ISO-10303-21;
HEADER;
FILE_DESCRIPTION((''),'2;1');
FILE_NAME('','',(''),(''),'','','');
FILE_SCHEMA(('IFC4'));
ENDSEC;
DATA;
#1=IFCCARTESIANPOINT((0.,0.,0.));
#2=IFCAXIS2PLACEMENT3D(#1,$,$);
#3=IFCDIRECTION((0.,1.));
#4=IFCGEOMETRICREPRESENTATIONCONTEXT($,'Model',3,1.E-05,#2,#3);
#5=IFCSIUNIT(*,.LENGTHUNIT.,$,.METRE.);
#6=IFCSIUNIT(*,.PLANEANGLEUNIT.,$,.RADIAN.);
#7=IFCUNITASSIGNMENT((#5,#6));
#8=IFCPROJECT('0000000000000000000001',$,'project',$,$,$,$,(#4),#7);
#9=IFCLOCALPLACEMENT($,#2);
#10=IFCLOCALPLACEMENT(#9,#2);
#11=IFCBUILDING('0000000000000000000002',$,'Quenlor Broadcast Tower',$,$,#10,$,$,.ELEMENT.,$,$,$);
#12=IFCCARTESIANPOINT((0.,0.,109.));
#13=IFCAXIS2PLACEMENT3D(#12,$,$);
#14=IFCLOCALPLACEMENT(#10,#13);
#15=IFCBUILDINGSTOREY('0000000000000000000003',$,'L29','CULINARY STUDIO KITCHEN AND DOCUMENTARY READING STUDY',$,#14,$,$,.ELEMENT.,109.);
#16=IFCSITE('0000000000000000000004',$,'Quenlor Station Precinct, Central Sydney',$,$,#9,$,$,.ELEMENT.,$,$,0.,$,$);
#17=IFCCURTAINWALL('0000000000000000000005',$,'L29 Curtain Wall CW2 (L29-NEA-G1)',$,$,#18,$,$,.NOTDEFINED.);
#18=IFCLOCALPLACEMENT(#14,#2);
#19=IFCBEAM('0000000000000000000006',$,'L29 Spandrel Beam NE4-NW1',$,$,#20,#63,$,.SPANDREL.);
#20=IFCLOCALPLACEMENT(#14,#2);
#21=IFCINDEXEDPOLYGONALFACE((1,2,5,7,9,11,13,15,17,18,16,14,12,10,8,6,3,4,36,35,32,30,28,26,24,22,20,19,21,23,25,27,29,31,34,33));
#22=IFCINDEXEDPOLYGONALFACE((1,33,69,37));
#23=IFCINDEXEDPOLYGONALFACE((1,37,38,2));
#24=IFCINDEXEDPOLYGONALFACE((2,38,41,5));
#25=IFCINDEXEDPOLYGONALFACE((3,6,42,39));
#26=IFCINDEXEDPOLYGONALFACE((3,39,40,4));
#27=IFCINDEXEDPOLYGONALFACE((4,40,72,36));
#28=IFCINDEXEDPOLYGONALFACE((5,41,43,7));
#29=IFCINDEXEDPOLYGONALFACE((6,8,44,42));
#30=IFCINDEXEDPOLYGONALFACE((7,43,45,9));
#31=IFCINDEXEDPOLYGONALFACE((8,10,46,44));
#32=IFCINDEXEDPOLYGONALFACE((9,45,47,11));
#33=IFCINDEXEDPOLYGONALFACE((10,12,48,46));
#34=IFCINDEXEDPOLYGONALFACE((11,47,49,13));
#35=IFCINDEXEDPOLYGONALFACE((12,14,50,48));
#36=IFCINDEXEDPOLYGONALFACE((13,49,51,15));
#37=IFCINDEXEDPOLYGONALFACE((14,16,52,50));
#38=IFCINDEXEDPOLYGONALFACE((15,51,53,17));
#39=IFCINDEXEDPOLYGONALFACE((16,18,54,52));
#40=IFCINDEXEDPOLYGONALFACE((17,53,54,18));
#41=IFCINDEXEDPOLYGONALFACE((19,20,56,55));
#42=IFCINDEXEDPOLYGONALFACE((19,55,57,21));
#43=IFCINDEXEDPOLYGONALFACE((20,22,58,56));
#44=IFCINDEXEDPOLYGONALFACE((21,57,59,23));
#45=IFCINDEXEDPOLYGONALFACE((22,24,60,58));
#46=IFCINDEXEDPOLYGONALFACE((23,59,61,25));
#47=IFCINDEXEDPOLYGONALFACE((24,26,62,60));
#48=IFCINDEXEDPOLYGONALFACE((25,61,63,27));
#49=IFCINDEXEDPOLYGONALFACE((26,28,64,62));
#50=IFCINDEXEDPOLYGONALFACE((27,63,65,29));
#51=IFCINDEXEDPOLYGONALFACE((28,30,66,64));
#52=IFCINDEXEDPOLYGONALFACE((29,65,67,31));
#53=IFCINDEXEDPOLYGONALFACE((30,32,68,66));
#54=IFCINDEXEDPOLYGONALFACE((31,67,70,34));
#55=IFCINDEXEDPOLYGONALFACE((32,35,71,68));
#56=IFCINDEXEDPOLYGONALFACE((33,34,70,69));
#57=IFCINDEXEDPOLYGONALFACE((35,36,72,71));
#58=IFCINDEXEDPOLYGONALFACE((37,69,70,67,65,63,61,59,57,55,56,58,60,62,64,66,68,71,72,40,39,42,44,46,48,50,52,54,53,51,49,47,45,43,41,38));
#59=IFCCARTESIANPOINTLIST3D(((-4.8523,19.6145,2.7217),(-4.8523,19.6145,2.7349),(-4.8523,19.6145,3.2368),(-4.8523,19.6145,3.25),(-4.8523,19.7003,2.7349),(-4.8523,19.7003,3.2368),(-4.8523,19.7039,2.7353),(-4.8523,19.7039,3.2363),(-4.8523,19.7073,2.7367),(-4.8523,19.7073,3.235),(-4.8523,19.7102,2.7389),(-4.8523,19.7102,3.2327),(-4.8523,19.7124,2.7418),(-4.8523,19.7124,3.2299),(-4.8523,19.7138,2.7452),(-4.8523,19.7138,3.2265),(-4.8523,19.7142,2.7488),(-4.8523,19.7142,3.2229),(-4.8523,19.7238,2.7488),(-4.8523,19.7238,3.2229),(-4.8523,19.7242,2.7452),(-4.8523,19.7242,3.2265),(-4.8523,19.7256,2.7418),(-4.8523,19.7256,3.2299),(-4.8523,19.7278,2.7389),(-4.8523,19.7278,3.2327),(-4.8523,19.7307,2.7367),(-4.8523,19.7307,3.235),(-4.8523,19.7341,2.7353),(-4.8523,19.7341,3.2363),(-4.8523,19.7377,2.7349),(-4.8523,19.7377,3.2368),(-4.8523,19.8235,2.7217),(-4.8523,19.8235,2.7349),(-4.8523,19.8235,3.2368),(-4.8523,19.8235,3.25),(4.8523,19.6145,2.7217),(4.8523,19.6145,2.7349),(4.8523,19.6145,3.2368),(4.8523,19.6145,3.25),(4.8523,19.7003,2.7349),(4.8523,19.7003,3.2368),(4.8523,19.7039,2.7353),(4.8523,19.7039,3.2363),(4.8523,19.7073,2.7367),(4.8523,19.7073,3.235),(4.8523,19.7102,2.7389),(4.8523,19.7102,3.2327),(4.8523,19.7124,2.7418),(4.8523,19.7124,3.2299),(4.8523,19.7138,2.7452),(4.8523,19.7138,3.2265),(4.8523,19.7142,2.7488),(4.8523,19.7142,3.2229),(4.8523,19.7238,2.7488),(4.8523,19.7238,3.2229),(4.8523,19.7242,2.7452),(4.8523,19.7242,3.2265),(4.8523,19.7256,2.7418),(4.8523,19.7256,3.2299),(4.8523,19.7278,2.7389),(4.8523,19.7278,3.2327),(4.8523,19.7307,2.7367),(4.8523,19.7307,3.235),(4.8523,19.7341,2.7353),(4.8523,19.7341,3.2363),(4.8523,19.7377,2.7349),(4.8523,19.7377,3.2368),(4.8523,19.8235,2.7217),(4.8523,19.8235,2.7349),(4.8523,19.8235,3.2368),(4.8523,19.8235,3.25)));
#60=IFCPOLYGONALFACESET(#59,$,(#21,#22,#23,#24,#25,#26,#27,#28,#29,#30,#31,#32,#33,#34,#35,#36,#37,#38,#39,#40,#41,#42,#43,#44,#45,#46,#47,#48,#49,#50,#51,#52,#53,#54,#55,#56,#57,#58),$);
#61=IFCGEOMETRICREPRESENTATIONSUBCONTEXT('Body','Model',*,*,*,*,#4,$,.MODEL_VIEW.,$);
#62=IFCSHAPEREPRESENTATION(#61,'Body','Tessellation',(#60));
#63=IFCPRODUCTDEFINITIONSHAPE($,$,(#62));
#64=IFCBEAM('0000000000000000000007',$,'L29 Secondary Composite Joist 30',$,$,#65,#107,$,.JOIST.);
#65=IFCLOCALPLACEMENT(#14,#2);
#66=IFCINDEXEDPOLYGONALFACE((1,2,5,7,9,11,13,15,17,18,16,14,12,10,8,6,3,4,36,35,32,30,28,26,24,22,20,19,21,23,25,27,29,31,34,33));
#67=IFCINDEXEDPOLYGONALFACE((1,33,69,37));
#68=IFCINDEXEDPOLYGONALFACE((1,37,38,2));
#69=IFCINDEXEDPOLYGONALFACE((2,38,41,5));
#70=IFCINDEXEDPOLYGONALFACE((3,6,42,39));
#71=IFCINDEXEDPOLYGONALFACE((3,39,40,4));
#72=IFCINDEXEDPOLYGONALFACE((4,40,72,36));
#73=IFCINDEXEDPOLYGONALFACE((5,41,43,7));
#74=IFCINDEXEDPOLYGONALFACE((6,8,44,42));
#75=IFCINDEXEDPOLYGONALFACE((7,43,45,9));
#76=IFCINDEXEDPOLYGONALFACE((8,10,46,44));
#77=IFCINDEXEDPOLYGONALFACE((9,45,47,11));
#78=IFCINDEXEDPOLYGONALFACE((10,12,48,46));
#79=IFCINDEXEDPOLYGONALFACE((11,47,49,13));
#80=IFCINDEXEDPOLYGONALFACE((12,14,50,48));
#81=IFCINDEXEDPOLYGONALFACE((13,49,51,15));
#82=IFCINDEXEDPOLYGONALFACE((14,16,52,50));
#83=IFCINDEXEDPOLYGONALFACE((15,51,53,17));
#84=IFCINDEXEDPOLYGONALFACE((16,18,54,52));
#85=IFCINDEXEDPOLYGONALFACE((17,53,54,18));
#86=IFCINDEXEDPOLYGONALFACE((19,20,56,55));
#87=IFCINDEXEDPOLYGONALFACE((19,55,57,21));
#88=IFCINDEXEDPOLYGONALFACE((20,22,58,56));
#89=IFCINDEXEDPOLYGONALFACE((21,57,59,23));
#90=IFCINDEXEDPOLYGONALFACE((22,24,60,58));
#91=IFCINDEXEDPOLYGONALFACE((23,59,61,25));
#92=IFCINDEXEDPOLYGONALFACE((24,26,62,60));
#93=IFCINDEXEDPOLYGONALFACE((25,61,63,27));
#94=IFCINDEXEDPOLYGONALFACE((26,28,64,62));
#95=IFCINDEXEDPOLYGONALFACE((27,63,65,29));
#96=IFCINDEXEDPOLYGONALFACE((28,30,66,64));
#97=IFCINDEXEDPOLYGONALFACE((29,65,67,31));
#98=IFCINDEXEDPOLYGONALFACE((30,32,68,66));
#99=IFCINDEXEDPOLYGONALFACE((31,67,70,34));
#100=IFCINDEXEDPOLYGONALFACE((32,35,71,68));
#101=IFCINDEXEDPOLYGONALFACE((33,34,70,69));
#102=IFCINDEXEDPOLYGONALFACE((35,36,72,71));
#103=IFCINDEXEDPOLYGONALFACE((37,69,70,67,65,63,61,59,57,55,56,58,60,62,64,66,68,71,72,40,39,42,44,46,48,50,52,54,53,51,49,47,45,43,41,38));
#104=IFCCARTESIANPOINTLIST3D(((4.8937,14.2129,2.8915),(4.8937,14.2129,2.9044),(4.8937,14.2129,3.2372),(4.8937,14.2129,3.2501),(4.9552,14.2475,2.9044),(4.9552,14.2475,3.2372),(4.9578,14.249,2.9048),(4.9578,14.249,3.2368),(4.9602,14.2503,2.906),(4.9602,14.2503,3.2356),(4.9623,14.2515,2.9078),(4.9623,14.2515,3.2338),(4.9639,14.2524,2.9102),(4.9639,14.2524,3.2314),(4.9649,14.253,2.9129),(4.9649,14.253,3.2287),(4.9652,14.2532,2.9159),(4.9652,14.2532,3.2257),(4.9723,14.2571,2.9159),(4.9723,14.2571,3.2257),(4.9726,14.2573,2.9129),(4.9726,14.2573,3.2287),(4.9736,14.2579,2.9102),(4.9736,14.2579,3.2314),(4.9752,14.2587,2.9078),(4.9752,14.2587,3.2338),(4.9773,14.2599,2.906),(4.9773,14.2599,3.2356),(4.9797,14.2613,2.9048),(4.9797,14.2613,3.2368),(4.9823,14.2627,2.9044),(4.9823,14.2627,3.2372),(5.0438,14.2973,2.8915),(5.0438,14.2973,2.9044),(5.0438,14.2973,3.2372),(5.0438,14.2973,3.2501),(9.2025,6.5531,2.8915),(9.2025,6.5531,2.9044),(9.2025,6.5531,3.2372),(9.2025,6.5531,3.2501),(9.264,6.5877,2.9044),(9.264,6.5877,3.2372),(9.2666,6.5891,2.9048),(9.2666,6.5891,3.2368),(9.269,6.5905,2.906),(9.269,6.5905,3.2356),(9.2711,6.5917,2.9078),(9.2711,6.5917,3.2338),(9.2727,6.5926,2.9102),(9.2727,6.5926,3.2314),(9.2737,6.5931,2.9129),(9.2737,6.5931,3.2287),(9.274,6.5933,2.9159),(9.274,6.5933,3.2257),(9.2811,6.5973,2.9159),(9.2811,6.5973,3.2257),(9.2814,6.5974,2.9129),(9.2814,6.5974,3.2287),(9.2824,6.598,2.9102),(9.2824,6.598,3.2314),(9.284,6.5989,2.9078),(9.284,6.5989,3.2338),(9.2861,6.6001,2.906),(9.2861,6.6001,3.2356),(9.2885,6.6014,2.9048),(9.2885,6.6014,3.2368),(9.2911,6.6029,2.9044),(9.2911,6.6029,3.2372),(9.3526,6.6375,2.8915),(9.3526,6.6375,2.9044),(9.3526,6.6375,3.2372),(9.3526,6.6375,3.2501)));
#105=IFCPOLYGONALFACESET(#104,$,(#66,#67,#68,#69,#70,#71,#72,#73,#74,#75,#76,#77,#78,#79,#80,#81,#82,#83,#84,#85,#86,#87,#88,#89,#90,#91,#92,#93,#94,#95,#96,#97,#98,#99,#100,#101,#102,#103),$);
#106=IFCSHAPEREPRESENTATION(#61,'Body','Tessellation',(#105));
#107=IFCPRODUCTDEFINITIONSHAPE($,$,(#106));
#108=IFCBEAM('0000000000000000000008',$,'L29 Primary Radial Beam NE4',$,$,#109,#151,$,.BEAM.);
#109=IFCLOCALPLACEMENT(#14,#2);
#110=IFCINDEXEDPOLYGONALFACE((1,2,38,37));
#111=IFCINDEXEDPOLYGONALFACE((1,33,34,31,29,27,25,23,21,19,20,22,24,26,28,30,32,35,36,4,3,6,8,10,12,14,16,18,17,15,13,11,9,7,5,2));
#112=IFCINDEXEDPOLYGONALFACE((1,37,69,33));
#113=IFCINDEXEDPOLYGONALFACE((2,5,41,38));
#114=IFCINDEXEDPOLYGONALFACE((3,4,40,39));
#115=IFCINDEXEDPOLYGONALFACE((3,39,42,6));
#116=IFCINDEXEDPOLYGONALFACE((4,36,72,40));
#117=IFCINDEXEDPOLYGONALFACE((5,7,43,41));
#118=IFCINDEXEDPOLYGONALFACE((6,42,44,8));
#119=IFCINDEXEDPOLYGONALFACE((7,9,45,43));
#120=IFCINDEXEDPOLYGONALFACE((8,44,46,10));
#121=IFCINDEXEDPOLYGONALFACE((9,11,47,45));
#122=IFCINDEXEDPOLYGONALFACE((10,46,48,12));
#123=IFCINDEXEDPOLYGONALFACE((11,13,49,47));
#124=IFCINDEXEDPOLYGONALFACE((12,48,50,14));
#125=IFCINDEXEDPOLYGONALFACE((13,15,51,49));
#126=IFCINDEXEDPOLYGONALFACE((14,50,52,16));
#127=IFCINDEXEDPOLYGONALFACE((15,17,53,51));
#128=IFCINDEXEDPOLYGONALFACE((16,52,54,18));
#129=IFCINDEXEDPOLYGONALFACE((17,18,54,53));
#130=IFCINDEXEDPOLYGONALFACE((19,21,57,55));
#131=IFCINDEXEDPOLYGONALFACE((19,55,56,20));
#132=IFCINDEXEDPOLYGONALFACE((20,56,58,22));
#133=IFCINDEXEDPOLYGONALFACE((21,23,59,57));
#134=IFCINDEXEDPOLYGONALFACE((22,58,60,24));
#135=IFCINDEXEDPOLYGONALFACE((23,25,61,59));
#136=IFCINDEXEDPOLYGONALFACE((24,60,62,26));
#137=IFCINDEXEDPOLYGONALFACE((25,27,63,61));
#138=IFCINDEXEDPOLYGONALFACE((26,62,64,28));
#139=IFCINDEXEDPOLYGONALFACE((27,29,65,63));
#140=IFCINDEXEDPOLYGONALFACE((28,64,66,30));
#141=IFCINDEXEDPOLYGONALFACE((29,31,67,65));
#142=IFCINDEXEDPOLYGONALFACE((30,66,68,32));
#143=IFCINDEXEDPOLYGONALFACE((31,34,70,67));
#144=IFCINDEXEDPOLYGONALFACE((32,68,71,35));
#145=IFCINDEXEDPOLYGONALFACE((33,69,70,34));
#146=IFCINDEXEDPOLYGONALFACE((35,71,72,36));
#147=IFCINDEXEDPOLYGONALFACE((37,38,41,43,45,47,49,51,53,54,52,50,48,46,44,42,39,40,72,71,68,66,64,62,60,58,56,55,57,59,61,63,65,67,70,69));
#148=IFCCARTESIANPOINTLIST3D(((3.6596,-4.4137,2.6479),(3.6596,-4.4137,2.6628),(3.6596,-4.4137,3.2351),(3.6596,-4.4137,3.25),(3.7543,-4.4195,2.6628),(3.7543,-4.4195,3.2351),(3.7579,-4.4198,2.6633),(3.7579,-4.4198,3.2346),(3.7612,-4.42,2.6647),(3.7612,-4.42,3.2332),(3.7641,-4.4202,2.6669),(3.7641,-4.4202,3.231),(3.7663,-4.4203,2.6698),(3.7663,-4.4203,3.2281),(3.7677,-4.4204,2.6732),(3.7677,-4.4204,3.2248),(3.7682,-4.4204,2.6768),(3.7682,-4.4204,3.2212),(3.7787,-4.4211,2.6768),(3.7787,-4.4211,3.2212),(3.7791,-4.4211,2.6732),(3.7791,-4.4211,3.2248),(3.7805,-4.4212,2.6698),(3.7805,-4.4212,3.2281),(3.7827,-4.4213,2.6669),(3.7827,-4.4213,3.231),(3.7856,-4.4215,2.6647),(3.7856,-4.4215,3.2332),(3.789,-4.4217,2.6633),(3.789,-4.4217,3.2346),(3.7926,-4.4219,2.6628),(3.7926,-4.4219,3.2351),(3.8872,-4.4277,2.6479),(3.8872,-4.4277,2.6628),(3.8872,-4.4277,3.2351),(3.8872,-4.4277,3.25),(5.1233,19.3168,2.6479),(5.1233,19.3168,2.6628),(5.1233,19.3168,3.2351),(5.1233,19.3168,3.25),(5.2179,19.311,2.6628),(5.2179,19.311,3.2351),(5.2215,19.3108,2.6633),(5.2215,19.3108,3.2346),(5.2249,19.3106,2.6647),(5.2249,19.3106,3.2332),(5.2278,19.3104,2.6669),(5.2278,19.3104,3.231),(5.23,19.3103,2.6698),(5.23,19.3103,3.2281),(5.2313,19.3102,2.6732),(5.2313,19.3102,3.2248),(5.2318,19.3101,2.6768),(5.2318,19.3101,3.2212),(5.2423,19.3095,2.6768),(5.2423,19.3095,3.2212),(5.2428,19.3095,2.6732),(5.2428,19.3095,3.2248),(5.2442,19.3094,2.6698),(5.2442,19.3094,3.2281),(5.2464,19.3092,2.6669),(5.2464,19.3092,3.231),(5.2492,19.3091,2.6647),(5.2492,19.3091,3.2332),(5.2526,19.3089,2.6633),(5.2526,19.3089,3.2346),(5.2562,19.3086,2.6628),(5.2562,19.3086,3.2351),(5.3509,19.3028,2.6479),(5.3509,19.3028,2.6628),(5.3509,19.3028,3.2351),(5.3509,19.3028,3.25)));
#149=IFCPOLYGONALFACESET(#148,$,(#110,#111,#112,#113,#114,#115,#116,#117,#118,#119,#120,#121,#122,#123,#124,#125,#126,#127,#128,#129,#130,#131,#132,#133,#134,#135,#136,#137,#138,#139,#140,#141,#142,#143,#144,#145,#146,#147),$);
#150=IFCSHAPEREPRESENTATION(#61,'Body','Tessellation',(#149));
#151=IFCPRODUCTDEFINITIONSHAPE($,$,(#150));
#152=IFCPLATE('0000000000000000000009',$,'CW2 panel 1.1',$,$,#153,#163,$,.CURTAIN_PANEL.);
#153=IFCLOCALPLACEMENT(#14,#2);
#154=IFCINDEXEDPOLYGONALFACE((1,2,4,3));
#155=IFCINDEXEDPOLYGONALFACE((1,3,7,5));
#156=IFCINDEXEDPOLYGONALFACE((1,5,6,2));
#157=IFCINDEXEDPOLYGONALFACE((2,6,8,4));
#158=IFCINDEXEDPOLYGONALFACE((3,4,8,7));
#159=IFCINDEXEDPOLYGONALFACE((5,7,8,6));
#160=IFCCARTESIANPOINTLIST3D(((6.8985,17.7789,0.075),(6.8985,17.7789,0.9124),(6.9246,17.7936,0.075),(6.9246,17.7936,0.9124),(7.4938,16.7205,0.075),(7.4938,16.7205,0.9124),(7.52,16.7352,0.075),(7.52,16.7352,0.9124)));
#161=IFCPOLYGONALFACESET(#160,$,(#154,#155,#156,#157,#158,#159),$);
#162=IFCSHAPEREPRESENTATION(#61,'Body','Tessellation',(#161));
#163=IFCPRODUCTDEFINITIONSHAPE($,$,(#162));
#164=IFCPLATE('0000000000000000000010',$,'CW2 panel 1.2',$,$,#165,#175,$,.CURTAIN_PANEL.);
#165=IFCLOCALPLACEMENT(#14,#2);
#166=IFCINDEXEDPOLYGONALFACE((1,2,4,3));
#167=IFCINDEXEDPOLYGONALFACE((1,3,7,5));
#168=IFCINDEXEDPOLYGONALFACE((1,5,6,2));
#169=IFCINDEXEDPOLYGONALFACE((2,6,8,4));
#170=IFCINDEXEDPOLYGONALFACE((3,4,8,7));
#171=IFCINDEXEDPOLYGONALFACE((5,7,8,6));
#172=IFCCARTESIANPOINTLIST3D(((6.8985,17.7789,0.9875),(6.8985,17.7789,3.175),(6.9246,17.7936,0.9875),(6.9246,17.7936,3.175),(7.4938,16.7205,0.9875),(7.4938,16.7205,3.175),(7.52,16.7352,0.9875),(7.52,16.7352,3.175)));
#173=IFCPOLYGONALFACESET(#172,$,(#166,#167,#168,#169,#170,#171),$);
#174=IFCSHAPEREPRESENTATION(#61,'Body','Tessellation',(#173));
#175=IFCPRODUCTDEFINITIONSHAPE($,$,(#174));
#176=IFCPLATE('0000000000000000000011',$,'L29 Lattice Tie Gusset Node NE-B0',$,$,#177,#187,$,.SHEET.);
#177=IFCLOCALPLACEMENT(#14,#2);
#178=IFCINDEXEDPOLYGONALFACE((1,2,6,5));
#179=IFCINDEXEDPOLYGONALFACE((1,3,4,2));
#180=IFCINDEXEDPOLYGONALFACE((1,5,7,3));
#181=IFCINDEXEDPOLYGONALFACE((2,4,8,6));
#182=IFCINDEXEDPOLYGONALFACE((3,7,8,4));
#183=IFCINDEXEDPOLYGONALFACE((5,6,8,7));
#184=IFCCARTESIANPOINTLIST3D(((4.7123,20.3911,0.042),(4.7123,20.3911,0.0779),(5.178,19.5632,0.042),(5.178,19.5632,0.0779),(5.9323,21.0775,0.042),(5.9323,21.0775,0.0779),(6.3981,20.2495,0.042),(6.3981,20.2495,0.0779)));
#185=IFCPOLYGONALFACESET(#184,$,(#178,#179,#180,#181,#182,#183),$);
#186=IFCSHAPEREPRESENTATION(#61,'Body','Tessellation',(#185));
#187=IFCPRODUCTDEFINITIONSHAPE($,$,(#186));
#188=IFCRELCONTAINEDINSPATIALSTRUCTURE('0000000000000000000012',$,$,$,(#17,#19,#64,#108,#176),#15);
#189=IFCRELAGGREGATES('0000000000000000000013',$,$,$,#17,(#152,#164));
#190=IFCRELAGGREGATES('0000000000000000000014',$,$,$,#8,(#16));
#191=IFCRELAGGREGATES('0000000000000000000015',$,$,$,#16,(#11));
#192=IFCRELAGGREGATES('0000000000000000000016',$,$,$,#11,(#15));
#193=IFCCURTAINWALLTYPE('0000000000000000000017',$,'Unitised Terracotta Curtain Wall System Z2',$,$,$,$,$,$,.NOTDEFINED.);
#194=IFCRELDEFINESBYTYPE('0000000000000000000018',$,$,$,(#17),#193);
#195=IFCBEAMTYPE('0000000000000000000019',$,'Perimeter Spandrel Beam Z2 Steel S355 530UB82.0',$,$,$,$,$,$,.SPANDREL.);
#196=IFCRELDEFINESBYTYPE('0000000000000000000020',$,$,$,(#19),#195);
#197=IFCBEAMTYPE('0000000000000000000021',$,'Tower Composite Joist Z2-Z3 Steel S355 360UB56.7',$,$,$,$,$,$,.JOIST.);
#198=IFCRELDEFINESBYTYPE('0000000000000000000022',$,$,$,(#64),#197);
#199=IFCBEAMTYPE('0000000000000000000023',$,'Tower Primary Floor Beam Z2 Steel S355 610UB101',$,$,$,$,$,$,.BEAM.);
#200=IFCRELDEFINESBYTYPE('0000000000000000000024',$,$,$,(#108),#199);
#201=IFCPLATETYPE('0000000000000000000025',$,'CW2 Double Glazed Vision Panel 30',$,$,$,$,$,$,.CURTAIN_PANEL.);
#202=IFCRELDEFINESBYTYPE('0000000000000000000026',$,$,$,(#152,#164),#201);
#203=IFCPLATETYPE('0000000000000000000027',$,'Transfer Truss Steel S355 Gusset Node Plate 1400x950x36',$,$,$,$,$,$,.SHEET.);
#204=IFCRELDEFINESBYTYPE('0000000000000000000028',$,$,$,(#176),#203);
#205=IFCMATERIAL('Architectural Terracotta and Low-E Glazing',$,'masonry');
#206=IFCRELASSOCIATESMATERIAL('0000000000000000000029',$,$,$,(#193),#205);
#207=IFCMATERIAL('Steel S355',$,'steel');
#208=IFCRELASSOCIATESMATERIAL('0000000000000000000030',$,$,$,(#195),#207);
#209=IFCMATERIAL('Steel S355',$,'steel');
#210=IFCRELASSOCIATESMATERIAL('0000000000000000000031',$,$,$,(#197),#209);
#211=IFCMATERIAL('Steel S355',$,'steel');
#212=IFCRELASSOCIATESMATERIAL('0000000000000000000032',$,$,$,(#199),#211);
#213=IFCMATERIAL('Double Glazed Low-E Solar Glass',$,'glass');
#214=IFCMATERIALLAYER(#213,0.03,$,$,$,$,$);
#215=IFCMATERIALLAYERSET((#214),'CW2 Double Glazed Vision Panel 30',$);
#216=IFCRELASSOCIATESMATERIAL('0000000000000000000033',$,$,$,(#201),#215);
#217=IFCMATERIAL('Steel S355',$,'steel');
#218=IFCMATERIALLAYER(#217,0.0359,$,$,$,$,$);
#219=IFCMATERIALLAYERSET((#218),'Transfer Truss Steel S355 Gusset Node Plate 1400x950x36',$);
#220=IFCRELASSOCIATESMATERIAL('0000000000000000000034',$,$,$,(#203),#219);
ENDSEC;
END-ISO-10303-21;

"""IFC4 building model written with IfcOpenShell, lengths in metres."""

from ifc_helpers import new_model, si_unit, direction, frame, origin, origin_2d, place, context, subcontext, project, spatial, rectangle, i_section, extrude, material, layer, layer_set, material_profile, profile_set, type_object, element, aggregate, save


model = new_model("IFC4")

# Units and contexts
model_context = context("Model", 3, precision=1e-05, world=origin(), true_north=direction((0.0, 1.0)))
body_context = subcontext(model_context, "Body", "Model", "MODEL_VIEW")
ifc_project = project(units=[si_unit("LENGTHUNIT", "METRE"), si_unit("PLANEANGLEUNIT", "RADIAN")], contexts=[model_context])

# Site, building, storey
site_placement = place(None, origin())
site = spatial("IfcSite", under=ifc_project, at=site_placement, Name="Quenlor Station Precinct, Central Sydney", CompositionType="ELEMENT", RefElevation=0.0)
building_placement = place(site_placement, origin())
building = spatial("IfcBuilding", under=site, at=building_placement, Name="Quenlor Broadcast Tower", CompositionType="ELEMENT")
storey_placement = place(building_placement, frame((0.0, 0.0, 109.0)))
storey = spatial("IfcBuildingStorey", under=building, at=storey_placement, Name="L29", Description="CULINARY STUDIO KITCHEN AND DOCUMENTARY READING STUDY", CompositionType="ELEMENT", Elevation=109.0)

# Curtain wall
ifc_material_1 = material(Name="Architectural Terracotta and Low-E Glazing", Category="masonry")
curtain_wall_type = type_object("IfcCurtainWallType", Name="Unitised Terracotta Curtain Wall System Z2", PredefinedType="NOTDEFINED", material=ifc_material_1)
curtain_wall_1_placement = place(storey_placement, origin())
curtain_wall_1 = element("IfcCurtainWall", 1, at=curtain_wall_1_placement, inside=storey, type_object=curtain_wall_type, Name="L29 Curtain Wall CW2 (L29-NEA-G1)", PredefinedType="NOTDEFINED")

# Beams
ifc_material_2 = material(Name="Steel S355", Category="steel")
ifc_material_profile_1 = material_profile(ifc_material_2, i_section(OverallWidth=0.209, OverallDepth=0.5283, WebThickness=0.0095, FlangeThickness=0.0132, FilletRadius=0.0139, at=origin_2d()))
ifc_profile_set_1 = profile_set([ifc_material_profile_1], Name="Steel S355 530UB82.0")
beam_type_1 = type_object("IfcBeamType", Name="Perimeter Spandrel Beam Z2 Steel S355 530UB82.0", PredefinedType="SPANDREL", material=ifc_profile_set_1)
beam_1_placement = place(storey_placement, frame((4.8523, 19.719, 2.9858), z_axis=(-1.0, 0.0, 0.0), x_axis=(0.0, -1.0, 0.0)))
element("IfcBeam", 2, at=beam_1_placement, inside=storey, type_object=beam_type_1, Name="L29 Spandrel Beam NE4-NW1", PredefinedType="SPANDREL", context=body_context, shape_type="SweptSolid", body=[
    extrude(i_section(OverallWidth=0.209, OverallDepth=0.5283, WebThickness=0.0095, FlangeThickness=0.0132, FilletRadius=0.0139, at=origin_2d()), origin(), (0.0, 0.0, 1.0), 9.7046),
])
ifc_material_3 = material(Name="Steel S355", Category="steel")
ifc_material_profile_2 = material_profile(ifc_material_3, i_section(OverallWidth=0.1721, OverallDepth=0.3586, WebThickness=0.0081, FlangeThickness=0.0129, FilletRadius=0.0115, at=origin_2d()))
ifc_profile_set_2 = profile_set([ifc_material_profile_2], Name="Steel S355 360UB56.7")
beam_type_2 = type_object("IfcBeamType", Name="Tower Composite Joist Z2-Z3 Steel S355 360UB56.7", PredefinedType="JOIST", material=ifc_profile_set_2)
beam_2_placement = place(storey_placement, frame((4.9688, 14.2551, 3.0708), z_axis=(0.490273, -0.871569, 0.0), x_axis=(0.871569, 0.490273, 0.0)))
element("IfcBeam", 3, at=beam_2_placement, inside=storey, type_object=beam_type_2, Name="L29 Secondary Composite Joist 30", PredefinedType="JOIST", context=body_context, shape_type="SweptSolid", body=[
    extrude(i_section(OverallWidth=0.1721, OverallDepth=0.3586, WebThickness=0.0081, FlangeThickness=0.0129, FilletRadius=0.0115, at=origin_2d()), origin(), (0.0, 0.0, 1.0), 8.7886),
])
ifc_material_4 = material(Name="Steel S355", Category="steel")
ifc_material_profile_3 = material_profile(ifc_material_4, i_section(OverallWidth=0.228, OverallDepth=0.6021, WebThickness=0.0105, FlangeThickness=0.0149, FilletRadius=0.0139, at=origin_2d()))
ifc_profile_set_3 = profile_set([ifc_material_profile_3], Name="Steel S355 610UB101")
beam_type_3 = type_object("IfcBeamType", Name="Tower Primary Floor Beam Z2 Steel S355 610UB101", PredefinedType="BEAM", material=ifc_profile_set_3)
beam_3_placement = place(storey_placement, frame((5.2371, 19.3098, 2.949), z_axis=(-0.06156, -0.998103, 0.0), x_axis=(0.998103, -0.06156, 0.0)))
element("IfcBeam", 4, at=beam_3_placement, inside=storey, type_object=beam_type_3, Name="L29 Primary Radial Beam NE4", PredefinedType="BEAM", context=body_context, shape_type="SweptSolid", body=[
    extrude(i_section(OverallWidth=0.228, OverallDepth=0.6021, WebThickness=0.0105, FlangeThickness=0.0149, FilletRadius=0.0139, at=origin_2d()), origin(), (0.0, 0.0, 1.0), 23.7756),
])

# Plates
ifc_material_5 = material(Name="Double Glazed Low-E Solar Glass", Category="glass")
ifc_layer_1 = layer(ifc_material_5, 0.03)
ifc_layer_set_1 = layer_set([ifc_layer_1], Name="CW2 Double Glazed Vision Panel 30")
plate_type_1 = type_object("IfcPlateType", Name="CW2 Double Glazed Vision Panel 30", PredefinedType="CURTAIN_PANEL", material=ifc_layer_set_1)
plate_1_placement = place(storey_placement, frame((7.2092, 17.2571, 0.075), z_axis=(0.0, 0.0, 1.0), x_axis=(0.490247, -0.871583, 0.0)))
plate_1 = element("IfcPlate", 5, at=plate_1_placement, type_object=plate_type_1, Name="CW2 panel 1.1", PredefinedType="CURTAIN_PANEL", context=body_context, shape_type="SweptSolid", body=[
    extrude(rectangle(XDim=1.2144, YDim=0.03, at=origin_2d()), origin(), (0.0, 0.0, 1.0), 0.8374),
])
plate_2_placement = place(storey_placement, frame((7.2092, 17.2571, 0.9875), z_axis=(0.0, 0.0, 1.0), x_axis=(0.490247, -0.871583, 0.0)))
plate_2 = element("IfcPlate", 6, at=plate_2_placement, type_object=plate_type_1, Name="CW2 panel 1.2", PredefinedType="CURTAIN_PANEL", context=body_context, shape_type="SweptSolid", body=[
    extrude(rectangle(XDim=1.2144, YDim=0.03, at=origin_2d()), origin(), (0.0, 0.0, 1.0), 2.1875),
])
aggregate(curtain_wall_1, [plate_1, plate_2])

# Plate
ifc_material_6 = material(Name="Steel S355", Category="steel")
ifc_layer_2 = layer(ifc_material_6, 0.0359)
ifc_layer_set_2 = layer_set([ifc_layer_2], Name="Transfer Truss Steel S355 Gusset Node Plate 1400x950x36")
plate_type_2 = type_object("IfcPlateType", Name="Transfer Truss Steel S355 Gusset Node Plate 1400x950x36", PredefinedType="SHEET", material=ifc_layer_set_2)
for number, where, z_axis, x_axis, name in (
    (7, (5.5552, 20.3203, 0.042), (0.0, 0.0, 1.0), (0.871556, 0.490295, 0.0), "L29 Lattice Tie Gusset Node NE-B0"),
):
    element("IfcPlate", number, at=place(storey_placement, frame(where, z_axis=z_axis, x_axis=x_axis)), inside=storey, type_object=plate_type_2, Name=name, PredefinedType="SHEET", context=body_context, shape_type="SweptSolid", body=[
        extrude(rectangle(XDim=1.3999, YDim=0.95, at=origin_2d()), origin(), (0.0, 0.0, 1.0), 0.0359),
    ])

save(model, "model.ifc")
